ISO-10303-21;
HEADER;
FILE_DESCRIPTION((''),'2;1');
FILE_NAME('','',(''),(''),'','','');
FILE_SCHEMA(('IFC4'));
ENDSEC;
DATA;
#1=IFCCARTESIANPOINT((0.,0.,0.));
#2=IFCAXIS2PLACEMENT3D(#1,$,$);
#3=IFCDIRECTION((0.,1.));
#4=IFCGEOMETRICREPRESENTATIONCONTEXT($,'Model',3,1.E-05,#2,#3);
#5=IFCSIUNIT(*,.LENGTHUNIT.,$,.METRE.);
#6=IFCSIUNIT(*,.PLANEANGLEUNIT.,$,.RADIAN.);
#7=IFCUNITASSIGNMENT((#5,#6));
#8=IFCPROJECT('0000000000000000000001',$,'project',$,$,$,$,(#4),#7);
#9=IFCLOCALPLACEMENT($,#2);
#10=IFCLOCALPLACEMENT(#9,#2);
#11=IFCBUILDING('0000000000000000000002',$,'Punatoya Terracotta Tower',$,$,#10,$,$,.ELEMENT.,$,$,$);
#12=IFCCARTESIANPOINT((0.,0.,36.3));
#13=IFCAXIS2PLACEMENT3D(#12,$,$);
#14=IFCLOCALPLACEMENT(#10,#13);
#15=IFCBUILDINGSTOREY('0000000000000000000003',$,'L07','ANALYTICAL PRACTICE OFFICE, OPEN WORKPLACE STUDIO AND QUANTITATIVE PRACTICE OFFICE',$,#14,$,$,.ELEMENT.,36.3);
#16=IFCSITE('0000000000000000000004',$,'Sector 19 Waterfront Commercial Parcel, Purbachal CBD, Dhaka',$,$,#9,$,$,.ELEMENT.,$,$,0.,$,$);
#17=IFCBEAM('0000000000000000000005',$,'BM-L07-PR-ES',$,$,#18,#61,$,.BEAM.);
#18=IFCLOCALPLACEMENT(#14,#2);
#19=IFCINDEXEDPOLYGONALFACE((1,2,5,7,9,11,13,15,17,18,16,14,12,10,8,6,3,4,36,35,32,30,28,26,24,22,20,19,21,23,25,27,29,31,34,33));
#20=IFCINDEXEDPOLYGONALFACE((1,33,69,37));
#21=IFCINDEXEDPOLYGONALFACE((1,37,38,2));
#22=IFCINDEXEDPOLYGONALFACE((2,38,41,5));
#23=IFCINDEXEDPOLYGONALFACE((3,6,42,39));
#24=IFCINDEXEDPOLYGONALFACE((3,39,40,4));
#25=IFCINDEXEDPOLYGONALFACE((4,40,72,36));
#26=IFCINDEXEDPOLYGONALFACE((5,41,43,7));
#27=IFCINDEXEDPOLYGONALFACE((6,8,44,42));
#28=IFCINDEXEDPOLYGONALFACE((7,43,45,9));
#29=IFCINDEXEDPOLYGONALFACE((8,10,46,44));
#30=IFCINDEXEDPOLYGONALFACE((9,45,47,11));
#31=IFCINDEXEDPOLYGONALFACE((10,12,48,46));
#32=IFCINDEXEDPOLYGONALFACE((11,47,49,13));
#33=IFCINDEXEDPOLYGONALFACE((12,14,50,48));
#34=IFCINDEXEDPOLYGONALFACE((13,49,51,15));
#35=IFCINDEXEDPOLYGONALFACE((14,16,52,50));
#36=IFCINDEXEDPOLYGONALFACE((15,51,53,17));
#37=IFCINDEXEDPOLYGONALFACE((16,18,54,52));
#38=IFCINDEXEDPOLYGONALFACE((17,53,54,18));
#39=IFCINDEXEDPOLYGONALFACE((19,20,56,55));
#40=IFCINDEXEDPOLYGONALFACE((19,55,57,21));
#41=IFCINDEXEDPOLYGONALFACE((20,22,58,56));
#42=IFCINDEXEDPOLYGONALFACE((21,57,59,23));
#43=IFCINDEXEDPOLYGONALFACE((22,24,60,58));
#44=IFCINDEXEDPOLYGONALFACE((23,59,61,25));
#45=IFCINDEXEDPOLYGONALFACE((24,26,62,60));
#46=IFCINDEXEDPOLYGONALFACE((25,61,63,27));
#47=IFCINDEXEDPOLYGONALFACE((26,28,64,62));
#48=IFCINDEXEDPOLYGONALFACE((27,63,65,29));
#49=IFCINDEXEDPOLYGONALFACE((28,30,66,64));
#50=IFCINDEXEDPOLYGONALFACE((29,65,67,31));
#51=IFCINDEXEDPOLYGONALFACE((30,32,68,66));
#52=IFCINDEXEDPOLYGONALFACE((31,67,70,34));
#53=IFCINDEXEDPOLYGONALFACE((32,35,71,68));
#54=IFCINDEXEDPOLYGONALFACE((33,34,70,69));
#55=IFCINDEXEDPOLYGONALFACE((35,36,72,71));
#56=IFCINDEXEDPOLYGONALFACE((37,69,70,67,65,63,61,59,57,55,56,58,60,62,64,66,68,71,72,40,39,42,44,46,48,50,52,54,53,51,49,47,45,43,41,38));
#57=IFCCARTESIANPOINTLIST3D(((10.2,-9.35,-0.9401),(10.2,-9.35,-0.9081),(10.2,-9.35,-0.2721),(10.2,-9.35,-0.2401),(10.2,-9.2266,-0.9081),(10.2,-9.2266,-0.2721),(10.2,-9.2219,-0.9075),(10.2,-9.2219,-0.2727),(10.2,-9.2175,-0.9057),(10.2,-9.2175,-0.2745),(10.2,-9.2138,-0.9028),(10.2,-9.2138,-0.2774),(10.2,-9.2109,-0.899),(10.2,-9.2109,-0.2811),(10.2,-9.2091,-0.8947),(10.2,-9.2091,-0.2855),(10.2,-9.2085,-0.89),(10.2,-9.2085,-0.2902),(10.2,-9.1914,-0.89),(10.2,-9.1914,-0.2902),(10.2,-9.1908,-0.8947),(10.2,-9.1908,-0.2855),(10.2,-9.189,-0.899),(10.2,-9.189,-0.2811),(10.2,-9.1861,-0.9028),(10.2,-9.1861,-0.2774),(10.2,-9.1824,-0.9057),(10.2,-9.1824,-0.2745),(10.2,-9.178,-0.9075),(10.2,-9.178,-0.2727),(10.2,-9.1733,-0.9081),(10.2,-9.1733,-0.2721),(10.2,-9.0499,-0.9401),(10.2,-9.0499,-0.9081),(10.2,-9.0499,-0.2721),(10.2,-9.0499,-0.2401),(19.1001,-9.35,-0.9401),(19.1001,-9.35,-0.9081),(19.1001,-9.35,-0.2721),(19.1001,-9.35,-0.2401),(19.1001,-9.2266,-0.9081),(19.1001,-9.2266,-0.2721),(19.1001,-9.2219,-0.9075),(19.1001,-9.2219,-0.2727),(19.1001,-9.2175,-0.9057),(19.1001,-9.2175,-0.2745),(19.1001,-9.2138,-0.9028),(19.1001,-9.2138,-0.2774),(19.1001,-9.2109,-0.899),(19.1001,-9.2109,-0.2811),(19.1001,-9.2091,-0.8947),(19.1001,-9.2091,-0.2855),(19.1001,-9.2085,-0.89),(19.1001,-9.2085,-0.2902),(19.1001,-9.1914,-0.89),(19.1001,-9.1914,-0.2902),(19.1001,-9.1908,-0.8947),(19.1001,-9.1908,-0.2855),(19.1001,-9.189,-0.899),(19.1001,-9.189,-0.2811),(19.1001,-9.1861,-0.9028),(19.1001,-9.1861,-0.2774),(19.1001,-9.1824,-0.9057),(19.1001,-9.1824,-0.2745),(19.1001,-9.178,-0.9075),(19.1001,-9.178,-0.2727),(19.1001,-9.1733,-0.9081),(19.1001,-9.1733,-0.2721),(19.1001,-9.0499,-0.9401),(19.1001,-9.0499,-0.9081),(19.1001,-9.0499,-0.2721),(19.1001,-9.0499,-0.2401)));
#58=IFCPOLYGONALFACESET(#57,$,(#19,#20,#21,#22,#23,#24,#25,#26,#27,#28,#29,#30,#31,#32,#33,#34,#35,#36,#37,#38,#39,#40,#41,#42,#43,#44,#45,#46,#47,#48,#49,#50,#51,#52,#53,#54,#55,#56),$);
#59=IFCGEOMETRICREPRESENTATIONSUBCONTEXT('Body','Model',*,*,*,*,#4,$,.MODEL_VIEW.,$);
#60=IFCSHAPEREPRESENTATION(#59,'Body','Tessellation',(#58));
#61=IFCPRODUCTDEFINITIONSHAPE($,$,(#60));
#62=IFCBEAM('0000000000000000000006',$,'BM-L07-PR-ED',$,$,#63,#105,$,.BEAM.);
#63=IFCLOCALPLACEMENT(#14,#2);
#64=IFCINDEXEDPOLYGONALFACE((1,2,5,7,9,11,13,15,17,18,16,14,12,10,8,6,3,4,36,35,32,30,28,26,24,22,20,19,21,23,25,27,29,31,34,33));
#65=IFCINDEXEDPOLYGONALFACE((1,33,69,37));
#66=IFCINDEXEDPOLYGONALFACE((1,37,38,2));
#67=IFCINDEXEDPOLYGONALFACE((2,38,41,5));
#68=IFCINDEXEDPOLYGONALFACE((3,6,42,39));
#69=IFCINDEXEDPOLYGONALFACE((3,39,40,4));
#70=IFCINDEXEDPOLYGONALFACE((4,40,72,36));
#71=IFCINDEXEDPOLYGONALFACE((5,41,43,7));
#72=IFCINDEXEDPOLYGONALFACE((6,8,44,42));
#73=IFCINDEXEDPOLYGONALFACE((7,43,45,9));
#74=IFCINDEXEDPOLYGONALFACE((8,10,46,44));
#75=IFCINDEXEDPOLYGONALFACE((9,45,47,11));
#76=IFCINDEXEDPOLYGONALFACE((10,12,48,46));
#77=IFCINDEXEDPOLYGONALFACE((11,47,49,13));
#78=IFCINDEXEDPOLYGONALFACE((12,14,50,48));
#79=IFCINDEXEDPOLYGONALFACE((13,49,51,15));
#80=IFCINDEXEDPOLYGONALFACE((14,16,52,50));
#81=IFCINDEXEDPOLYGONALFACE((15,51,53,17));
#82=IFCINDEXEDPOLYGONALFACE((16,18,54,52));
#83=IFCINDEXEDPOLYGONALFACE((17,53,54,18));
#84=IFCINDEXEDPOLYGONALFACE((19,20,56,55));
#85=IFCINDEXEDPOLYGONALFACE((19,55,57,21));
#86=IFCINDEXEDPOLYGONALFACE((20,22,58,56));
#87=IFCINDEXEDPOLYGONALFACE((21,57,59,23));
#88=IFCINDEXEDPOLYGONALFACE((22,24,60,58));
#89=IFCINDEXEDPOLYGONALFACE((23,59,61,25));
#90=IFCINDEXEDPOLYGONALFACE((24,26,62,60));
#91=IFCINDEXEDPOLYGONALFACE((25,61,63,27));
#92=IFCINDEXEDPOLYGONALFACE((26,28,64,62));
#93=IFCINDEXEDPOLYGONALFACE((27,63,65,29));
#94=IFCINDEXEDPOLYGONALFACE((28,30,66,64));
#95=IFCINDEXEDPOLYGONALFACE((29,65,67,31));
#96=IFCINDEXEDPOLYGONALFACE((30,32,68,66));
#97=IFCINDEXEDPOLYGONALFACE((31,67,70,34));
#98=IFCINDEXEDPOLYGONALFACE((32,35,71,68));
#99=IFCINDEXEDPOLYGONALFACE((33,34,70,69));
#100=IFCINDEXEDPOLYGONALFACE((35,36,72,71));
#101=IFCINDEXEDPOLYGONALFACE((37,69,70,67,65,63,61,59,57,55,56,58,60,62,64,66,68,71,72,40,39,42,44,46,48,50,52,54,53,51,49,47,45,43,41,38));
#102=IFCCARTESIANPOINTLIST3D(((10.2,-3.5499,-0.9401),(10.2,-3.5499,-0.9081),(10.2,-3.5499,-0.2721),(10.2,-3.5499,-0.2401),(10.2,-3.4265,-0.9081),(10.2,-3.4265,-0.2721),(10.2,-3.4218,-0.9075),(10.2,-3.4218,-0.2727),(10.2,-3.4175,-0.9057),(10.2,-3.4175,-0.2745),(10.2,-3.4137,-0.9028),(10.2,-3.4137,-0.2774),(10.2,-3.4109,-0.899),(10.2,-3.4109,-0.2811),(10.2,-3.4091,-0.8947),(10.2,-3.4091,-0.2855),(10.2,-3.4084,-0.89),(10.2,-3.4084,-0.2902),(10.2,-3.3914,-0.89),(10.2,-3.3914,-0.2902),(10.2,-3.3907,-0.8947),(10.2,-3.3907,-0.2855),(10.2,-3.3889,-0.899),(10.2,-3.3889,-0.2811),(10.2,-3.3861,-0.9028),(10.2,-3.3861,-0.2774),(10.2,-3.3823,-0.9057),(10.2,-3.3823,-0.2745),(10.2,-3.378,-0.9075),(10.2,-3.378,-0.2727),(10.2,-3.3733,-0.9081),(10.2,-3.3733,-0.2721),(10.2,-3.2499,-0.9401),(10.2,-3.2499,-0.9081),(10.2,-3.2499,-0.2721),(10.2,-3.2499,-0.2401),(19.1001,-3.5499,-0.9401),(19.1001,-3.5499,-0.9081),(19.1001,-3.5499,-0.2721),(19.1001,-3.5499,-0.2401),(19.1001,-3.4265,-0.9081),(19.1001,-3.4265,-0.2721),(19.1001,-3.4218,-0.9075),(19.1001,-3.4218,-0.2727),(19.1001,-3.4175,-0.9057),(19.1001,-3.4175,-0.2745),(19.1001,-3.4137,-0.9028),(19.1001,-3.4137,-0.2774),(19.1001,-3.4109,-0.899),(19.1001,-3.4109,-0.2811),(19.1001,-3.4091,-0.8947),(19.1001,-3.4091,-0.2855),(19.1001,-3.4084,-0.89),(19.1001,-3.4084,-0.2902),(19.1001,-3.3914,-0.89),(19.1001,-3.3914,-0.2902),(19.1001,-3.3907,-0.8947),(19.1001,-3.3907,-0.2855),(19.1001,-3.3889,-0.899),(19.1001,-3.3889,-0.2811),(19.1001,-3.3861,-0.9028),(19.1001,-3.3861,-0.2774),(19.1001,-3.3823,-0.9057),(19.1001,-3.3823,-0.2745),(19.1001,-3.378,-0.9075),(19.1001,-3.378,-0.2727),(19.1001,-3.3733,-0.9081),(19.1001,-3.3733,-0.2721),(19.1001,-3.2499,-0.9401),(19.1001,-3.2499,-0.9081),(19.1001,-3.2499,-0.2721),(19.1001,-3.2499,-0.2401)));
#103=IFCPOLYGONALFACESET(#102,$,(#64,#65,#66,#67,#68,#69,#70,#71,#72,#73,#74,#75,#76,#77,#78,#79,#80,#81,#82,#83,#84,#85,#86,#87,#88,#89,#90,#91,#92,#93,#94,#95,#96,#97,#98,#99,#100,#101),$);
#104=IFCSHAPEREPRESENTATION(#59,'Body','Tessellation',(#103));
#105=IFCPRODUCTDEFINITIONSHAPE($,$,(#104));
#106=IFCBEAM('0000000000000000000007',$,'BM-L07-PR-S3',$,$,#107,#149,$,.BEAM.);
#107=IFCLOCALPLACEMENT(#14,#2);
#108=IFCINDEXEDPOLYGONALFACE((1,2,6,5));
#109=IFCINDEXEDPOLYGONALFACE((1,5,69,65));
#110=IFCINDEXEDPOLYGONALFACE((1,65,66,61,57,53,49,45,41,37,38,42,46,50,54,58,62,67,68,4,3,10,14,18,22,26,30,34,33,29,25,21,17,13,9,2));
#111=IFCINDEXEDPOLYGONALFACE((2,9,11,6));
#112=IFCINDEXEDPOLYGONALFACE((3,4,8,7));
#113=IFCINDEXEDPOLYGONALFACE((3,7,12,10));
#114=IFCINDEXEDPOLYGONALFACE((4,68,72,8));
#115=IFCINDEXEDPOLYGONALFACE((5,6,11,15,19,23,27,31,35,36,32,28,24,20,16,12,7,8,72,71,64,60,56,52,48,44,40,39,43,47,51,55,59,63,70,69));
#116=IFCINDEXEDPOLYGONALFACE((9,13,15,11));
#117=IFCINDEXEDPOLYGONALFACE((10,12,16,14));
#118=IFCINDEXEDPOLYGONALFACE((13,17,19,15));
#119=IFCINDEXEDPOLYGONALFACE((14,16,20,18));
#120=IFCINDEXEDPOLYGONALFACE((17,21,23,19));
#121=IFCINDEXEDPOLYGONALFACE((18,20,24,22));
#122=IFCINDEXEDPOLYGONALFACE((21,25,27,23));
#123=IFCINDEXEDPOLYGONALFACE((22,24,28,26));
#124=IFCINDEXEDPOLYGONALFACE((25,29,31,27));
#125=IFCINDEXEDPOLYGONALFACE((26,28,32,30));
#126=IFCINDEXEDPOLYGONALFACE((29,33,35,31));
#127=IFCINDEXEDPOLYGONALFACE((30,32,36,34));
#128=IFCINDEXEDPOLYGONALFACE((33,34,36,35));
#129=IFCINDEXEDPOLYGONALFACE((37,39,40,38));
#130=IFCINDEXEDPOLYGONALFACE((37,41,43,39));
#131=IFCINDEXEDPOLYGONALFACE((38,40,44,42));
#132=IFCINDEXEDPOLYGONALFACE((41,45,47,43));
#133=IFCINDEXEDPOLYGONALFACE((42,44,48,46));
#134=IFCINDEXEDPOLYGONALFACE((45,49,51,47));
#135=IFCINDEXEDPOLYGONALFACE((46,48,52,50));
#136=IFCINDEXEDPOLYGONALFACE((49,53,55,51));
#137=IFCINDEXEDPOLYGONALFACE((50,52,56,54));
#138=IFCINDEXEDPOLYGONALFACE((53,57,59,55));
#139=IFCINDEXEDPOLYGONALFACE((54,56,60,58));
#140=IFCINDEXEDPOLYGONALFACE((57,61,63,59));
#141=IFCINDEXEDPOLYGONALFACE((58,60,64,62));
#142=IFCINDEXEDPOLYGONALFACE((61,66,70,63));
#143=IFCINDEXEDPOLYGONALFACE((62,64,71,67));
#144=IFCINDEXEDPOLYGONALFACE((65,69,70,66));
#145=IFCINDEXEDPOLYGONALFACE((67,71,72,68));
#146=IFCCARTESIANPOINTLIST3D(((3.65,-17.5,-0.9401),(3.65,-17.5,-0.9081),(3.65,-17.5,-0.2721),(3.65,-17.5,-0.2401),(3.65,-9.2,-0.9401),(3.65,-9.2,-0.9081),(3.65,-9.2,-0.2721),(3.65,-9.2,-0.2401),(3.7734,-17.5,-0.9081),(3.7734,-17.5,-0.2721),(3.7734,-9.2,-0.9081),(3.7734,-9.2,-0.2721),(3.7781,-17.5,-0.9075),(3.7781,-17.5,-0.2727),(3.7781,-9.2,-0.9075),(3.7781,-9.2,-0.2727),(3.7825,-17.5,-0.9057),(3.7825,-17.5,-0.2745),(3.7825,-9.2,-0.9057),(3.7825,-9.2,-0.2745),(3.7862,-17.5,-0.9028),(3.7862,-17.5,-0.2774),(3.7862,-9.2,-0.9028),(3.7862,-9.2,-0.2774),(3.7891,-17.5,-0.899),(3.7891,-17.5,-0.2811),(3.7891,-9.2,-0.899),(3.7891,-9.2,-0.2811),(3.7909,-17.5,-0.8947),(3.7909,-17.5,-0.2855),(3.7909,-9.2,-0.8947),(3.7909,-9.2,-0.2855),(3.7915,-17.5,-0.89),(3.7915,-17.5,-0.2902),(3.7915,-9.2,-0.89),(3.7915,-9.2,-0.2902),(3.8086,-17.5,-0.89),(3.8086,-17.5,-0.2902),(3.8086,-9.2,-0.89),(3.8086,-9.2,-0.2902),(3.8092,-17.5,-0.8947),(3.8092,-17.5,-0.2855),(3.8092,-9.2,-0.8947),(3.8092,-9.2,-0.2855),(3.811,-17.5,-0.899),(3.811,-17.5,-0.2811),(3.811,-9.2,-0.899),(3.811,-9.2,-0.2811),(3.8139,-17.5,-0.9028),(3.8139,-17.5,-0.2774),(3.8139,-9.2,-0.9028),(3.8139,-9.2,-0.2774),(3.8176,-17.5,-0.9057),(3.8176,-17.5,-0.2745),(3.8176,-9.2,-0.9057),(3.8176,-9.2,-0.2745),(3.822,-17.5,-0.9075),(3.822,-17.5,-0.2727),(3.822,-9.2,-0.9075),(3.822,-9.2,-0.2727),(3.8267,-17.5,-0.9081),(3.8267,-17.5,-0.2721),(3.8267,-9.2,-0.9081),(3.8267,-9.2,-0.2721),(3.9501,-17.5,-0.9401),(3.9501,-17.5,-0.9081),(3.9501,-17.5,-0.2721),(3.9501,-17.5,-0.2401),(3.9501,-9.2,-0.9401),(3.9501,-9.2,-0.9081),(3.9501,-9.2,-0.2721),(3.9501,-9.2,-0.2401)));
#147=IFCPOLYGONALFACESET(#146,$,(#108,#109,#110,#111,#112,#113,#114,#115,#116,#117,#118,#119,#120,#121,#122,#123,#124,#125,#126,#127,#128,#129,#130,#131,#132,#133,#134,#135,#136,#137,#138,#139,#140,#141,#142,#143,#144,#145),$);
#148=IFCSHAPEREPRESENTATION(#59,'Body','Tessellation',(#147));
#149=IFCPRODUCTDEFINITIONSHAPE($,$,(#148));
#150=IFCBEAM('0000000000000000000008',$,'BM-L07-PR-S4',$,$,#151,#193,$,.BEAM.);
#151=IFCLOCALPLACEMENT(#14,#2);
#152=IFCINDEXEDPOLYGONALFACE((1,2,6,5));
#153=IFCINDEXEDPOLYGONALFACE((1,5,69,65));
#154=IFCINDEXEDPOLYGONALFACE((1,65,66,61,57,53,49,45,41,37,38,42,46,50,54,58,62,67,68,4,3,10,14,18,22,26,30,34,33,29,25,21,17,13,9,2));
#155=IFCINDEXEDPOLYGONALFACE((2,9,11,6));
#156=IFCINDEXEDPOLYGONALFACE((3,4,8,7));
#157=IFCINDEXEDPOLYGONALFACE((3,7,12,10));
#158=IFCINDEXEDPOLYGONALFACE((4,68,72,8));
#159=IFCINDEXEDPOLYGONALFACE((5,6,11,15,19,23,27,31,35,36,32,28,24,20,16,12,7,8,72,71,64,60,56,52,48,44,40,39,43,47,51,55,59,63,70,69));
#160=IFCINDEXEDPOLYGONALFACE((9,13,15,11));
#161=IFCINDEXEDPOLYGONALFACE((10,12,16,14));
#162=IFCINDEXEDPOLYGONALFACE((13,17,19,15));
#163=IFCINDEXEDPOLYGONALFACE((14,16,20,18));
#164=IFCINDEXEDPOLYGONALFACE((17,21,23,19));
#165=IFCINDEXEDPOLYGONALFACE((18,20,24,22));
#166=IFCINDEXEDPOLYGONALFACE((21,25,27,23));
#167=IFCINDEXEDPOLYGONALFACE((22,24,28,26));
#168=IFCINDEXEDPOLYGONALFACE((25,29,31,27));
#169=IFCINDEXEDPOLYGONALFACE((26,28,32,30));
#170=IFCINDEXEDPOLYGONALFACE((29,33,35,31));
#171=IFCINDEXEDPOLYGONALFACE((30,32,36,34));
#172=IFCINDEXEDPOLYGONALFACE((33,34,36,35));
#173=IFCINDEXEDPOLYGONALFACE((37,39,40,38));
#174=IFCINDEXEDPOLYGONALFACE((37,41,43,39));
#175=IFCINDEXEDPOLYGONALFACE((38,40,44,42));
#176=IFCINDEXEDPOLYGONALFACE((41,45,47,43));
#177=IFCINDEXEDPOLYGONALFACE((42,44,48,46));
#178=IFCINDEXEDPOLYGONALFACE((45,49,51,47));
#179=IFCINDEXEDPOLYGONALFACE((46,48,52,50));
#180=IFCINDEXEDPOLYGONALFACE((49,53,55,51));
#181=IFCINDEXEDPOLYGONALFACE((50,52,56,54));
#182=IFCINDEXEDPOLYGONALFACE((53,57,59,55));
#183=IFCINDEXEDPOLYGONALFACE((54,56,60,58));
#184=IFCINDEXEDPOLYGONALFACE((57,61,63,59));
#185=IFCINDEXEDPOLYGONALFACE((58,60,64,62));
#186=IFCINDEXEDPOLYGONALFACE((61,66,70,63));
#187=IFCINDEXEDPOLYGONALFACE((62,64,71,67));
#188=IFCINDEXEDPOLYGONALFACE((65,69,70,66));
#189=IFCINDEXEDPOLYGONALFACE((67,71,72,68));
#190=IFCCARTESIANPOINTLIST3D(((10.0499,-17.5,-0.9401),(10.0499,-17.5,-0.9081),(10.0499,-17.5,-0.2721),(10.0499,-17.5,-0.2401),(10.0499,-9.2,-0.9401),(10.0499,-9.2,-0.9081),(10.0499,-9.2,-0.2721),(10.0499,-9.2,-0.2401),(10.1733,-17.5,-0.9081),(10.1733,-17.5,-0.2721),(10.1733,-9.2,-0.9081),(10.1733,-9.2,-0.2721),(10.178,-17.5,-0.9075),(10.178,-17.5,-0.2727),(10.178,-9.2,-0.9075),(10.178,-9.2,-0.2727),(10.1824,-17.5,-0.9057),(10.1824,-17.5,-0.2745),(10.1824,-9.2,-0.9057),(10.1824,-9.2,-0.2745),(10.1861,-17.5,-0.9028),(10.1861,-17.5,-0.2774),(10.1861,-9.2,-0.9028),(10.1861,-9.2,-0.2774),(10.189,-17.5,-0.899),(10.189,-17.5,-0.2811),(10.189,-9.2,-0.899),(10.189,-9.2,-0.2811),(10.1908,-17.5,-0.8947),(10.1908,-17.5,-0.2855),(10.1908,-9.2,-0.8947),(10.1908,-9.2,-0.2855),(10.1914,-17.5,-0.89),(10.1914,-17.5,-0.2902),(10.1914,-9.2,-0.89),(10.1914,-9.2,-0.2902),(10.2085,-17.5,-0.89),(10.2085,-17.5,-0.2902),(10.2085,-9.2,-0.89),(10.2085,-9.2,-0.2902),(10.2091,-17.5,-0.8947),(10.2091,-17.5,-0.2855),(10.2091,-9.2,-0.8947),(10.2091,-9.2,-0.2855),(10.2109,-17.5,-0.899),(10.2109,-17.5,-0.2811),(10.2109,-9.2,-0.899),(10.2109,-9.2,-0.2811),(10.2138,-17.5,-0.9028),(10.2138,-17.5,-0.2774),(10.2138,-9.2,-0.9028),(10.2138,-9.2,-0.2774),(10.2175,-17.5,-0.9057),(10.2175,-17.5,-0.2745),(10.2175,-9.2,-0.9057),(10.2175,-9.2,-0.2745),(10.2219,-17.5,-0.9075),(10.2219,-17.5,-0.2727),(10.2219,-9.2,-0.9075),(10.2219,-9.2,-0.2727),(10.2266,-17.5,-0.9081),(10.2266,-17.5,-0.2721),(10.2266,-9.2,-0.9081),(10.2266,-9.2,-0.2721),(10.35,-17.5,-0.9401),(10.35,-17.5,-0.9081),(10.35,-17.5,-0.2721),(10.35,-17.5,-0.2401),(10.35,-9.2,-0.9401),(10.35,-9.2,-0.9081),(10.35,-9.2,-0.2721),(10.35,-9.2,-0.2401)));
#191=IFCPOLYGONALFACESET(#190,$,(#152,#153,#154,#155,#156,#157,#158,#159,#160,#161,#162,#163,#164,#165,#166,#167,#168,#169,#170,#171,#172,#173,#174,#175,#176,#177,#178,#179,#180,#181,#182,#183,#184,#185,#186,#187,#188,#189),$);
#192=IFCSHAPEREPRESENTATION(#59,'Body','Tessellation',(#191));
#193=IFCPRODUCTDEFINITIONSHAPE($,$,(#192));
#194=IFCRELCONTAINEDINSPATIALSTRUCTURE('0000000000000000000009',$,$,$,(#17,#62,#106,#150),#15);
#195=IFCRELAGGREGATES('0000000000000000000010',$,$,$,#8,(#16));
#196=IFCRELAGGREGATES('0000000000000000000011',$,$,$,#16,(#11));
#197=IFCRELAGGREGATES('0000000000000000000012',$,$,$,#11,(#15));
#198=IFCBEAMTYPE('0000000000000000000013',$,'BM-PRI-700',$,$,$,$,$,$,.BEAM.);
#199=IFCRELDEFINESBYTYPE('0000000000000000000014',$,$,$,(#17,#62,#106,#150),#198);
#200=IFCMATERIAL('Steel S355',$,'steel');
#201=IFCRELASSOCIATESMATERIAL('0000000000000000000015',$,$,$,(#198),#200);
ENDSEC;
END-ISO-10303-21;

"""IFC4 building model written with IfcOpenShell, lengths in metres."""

from ifc_helpers import new_model, si_unit, direction, frame, origin, origin_2d, place, context, subcontext, project, spatial, i_section, extrude, material, material_profile, profile_set, type_object, element, save


model = new_model("IFC4")

# Units and contexts
model_context = context("Model", 3, precision=1e-05, world=origin(), true_north=direction((0.0, 1.0)))
body_context = subcontext(model_context, "Body", "Model", "MODEL_VIEW")
ifc_project = project(units=[si_unit("LENGTHUNIT", "METRE"), si_unit("PLANEANGLEUNIT", "RADIAN")], contexts=[model_context])

# Site, building, storey
site_placement = place(None, origin())
site = spatial("IfcSite", under=ifc_project, at=site_placement, Name="Sector 19 Waterfront Commercial Parcel, Purbachal CBD, Dhaka", CompositionType="ELEMENT", RefElevation=0.0)
building_placement = place(site_placement, origin())
building = spatial("IfcBuilding", under=site, at=building_placement, Name="Punatoya Terracotta Tower", CompositionType="ELEMENT")
storey_placement = place(building_placement, frame((0.0, 0.0, 36.3)))
storey = spatial("IfcBuildingStorey", under=building, at=storey_placement, Name="L07", Description="ANALYTICAL PRACTICE OFFICE, OPEN WORKPLACE STUDIO AND QUANTITATIVE PRACTICE OFFICE", CompositionType="ELEMENT", Elevation=36.3)

# Beams
ifc_material_1 = material(Name="Steel S355", Category="steel")
ifc_material_profile_1 = material_profile(ifc_material_1, i_section(OverallWidth=0.3, OverallDepth=0.7, WebThickness=0.0171, FlangeThickness=0.032, FilletRadius=0.0181, at=origin_2d()))
ifc_profile_set_1 = profile_set([ifc_material_profile_1], Name="Steel S355")
beam_type_1 = type_object("IfcBeamType", Name="BM-PRI-700", PredefinedType="BEAM", material=ifc_profile_set_1)
for number, where, z_axis, x_axis, name in (
    (1, (10.2, -9.2, -0.5901), (1.0, 0.0, 0.0), (0.0, 1.0, 0.0), "BM-L07-PR-ES"),
    (2, (10.2, -3.3999, -0.5901), (1.0, 0.0, 0.0), (0.0, 1.0, 0.0), "BM-L07-PR-ED"),
):
    element("IfcBeam", number, at=place(storey_placement, frame(where, z_axis=z_axis, x_axis=x_axis)), inside=storey, type_object=beam_type_1, Name=name, PredefinedType="BEAM", context=body_context, shape_type="SweptSolid", body=[
        extrude(i_section(OverallWidth=0.3, OverallDepth=0.7, WebThickness=0.0171, FlangeThickness=0.032, FilletRadius=0.0181, at=origin_2d()), origin(), (0.0, 0.0, 1.0), 8.9001),
    ])
for number, where, z_axis, x_axis, name in (
    (3, (3.8, -17.5, -0.5901), (0.0, 1.0, 0.0), (-1.0, 0.0, 0.0), "BM-L07-PR-S3"),
    (4, (10.2, -17.5, -0.5901), (0.0, 1.0, 0.0), (-1.0, 0.0, 0.0), "BM-L07-PR-S4"),
):
    element("IfcBeam", number, at=place(storey_placement, frame(where, z_axis=z_axis, x_axis=x_axis)), inside=storey, type_object=beam_type_1, Name=name, PredefinedType="BEAM", context=body_context, shape_type="SweptSolid", body=[
        extrude(i_section(OverallWidth=0.3, OverallDepth=0.7, WebThickness=0.0171, FlangeThickness=0.032, FilletRadius=0.0181, at=origin_2d()), origin(), (0.0, 0.0, 1.0), 8.3),
    ])

save(model, "model.ifc")
